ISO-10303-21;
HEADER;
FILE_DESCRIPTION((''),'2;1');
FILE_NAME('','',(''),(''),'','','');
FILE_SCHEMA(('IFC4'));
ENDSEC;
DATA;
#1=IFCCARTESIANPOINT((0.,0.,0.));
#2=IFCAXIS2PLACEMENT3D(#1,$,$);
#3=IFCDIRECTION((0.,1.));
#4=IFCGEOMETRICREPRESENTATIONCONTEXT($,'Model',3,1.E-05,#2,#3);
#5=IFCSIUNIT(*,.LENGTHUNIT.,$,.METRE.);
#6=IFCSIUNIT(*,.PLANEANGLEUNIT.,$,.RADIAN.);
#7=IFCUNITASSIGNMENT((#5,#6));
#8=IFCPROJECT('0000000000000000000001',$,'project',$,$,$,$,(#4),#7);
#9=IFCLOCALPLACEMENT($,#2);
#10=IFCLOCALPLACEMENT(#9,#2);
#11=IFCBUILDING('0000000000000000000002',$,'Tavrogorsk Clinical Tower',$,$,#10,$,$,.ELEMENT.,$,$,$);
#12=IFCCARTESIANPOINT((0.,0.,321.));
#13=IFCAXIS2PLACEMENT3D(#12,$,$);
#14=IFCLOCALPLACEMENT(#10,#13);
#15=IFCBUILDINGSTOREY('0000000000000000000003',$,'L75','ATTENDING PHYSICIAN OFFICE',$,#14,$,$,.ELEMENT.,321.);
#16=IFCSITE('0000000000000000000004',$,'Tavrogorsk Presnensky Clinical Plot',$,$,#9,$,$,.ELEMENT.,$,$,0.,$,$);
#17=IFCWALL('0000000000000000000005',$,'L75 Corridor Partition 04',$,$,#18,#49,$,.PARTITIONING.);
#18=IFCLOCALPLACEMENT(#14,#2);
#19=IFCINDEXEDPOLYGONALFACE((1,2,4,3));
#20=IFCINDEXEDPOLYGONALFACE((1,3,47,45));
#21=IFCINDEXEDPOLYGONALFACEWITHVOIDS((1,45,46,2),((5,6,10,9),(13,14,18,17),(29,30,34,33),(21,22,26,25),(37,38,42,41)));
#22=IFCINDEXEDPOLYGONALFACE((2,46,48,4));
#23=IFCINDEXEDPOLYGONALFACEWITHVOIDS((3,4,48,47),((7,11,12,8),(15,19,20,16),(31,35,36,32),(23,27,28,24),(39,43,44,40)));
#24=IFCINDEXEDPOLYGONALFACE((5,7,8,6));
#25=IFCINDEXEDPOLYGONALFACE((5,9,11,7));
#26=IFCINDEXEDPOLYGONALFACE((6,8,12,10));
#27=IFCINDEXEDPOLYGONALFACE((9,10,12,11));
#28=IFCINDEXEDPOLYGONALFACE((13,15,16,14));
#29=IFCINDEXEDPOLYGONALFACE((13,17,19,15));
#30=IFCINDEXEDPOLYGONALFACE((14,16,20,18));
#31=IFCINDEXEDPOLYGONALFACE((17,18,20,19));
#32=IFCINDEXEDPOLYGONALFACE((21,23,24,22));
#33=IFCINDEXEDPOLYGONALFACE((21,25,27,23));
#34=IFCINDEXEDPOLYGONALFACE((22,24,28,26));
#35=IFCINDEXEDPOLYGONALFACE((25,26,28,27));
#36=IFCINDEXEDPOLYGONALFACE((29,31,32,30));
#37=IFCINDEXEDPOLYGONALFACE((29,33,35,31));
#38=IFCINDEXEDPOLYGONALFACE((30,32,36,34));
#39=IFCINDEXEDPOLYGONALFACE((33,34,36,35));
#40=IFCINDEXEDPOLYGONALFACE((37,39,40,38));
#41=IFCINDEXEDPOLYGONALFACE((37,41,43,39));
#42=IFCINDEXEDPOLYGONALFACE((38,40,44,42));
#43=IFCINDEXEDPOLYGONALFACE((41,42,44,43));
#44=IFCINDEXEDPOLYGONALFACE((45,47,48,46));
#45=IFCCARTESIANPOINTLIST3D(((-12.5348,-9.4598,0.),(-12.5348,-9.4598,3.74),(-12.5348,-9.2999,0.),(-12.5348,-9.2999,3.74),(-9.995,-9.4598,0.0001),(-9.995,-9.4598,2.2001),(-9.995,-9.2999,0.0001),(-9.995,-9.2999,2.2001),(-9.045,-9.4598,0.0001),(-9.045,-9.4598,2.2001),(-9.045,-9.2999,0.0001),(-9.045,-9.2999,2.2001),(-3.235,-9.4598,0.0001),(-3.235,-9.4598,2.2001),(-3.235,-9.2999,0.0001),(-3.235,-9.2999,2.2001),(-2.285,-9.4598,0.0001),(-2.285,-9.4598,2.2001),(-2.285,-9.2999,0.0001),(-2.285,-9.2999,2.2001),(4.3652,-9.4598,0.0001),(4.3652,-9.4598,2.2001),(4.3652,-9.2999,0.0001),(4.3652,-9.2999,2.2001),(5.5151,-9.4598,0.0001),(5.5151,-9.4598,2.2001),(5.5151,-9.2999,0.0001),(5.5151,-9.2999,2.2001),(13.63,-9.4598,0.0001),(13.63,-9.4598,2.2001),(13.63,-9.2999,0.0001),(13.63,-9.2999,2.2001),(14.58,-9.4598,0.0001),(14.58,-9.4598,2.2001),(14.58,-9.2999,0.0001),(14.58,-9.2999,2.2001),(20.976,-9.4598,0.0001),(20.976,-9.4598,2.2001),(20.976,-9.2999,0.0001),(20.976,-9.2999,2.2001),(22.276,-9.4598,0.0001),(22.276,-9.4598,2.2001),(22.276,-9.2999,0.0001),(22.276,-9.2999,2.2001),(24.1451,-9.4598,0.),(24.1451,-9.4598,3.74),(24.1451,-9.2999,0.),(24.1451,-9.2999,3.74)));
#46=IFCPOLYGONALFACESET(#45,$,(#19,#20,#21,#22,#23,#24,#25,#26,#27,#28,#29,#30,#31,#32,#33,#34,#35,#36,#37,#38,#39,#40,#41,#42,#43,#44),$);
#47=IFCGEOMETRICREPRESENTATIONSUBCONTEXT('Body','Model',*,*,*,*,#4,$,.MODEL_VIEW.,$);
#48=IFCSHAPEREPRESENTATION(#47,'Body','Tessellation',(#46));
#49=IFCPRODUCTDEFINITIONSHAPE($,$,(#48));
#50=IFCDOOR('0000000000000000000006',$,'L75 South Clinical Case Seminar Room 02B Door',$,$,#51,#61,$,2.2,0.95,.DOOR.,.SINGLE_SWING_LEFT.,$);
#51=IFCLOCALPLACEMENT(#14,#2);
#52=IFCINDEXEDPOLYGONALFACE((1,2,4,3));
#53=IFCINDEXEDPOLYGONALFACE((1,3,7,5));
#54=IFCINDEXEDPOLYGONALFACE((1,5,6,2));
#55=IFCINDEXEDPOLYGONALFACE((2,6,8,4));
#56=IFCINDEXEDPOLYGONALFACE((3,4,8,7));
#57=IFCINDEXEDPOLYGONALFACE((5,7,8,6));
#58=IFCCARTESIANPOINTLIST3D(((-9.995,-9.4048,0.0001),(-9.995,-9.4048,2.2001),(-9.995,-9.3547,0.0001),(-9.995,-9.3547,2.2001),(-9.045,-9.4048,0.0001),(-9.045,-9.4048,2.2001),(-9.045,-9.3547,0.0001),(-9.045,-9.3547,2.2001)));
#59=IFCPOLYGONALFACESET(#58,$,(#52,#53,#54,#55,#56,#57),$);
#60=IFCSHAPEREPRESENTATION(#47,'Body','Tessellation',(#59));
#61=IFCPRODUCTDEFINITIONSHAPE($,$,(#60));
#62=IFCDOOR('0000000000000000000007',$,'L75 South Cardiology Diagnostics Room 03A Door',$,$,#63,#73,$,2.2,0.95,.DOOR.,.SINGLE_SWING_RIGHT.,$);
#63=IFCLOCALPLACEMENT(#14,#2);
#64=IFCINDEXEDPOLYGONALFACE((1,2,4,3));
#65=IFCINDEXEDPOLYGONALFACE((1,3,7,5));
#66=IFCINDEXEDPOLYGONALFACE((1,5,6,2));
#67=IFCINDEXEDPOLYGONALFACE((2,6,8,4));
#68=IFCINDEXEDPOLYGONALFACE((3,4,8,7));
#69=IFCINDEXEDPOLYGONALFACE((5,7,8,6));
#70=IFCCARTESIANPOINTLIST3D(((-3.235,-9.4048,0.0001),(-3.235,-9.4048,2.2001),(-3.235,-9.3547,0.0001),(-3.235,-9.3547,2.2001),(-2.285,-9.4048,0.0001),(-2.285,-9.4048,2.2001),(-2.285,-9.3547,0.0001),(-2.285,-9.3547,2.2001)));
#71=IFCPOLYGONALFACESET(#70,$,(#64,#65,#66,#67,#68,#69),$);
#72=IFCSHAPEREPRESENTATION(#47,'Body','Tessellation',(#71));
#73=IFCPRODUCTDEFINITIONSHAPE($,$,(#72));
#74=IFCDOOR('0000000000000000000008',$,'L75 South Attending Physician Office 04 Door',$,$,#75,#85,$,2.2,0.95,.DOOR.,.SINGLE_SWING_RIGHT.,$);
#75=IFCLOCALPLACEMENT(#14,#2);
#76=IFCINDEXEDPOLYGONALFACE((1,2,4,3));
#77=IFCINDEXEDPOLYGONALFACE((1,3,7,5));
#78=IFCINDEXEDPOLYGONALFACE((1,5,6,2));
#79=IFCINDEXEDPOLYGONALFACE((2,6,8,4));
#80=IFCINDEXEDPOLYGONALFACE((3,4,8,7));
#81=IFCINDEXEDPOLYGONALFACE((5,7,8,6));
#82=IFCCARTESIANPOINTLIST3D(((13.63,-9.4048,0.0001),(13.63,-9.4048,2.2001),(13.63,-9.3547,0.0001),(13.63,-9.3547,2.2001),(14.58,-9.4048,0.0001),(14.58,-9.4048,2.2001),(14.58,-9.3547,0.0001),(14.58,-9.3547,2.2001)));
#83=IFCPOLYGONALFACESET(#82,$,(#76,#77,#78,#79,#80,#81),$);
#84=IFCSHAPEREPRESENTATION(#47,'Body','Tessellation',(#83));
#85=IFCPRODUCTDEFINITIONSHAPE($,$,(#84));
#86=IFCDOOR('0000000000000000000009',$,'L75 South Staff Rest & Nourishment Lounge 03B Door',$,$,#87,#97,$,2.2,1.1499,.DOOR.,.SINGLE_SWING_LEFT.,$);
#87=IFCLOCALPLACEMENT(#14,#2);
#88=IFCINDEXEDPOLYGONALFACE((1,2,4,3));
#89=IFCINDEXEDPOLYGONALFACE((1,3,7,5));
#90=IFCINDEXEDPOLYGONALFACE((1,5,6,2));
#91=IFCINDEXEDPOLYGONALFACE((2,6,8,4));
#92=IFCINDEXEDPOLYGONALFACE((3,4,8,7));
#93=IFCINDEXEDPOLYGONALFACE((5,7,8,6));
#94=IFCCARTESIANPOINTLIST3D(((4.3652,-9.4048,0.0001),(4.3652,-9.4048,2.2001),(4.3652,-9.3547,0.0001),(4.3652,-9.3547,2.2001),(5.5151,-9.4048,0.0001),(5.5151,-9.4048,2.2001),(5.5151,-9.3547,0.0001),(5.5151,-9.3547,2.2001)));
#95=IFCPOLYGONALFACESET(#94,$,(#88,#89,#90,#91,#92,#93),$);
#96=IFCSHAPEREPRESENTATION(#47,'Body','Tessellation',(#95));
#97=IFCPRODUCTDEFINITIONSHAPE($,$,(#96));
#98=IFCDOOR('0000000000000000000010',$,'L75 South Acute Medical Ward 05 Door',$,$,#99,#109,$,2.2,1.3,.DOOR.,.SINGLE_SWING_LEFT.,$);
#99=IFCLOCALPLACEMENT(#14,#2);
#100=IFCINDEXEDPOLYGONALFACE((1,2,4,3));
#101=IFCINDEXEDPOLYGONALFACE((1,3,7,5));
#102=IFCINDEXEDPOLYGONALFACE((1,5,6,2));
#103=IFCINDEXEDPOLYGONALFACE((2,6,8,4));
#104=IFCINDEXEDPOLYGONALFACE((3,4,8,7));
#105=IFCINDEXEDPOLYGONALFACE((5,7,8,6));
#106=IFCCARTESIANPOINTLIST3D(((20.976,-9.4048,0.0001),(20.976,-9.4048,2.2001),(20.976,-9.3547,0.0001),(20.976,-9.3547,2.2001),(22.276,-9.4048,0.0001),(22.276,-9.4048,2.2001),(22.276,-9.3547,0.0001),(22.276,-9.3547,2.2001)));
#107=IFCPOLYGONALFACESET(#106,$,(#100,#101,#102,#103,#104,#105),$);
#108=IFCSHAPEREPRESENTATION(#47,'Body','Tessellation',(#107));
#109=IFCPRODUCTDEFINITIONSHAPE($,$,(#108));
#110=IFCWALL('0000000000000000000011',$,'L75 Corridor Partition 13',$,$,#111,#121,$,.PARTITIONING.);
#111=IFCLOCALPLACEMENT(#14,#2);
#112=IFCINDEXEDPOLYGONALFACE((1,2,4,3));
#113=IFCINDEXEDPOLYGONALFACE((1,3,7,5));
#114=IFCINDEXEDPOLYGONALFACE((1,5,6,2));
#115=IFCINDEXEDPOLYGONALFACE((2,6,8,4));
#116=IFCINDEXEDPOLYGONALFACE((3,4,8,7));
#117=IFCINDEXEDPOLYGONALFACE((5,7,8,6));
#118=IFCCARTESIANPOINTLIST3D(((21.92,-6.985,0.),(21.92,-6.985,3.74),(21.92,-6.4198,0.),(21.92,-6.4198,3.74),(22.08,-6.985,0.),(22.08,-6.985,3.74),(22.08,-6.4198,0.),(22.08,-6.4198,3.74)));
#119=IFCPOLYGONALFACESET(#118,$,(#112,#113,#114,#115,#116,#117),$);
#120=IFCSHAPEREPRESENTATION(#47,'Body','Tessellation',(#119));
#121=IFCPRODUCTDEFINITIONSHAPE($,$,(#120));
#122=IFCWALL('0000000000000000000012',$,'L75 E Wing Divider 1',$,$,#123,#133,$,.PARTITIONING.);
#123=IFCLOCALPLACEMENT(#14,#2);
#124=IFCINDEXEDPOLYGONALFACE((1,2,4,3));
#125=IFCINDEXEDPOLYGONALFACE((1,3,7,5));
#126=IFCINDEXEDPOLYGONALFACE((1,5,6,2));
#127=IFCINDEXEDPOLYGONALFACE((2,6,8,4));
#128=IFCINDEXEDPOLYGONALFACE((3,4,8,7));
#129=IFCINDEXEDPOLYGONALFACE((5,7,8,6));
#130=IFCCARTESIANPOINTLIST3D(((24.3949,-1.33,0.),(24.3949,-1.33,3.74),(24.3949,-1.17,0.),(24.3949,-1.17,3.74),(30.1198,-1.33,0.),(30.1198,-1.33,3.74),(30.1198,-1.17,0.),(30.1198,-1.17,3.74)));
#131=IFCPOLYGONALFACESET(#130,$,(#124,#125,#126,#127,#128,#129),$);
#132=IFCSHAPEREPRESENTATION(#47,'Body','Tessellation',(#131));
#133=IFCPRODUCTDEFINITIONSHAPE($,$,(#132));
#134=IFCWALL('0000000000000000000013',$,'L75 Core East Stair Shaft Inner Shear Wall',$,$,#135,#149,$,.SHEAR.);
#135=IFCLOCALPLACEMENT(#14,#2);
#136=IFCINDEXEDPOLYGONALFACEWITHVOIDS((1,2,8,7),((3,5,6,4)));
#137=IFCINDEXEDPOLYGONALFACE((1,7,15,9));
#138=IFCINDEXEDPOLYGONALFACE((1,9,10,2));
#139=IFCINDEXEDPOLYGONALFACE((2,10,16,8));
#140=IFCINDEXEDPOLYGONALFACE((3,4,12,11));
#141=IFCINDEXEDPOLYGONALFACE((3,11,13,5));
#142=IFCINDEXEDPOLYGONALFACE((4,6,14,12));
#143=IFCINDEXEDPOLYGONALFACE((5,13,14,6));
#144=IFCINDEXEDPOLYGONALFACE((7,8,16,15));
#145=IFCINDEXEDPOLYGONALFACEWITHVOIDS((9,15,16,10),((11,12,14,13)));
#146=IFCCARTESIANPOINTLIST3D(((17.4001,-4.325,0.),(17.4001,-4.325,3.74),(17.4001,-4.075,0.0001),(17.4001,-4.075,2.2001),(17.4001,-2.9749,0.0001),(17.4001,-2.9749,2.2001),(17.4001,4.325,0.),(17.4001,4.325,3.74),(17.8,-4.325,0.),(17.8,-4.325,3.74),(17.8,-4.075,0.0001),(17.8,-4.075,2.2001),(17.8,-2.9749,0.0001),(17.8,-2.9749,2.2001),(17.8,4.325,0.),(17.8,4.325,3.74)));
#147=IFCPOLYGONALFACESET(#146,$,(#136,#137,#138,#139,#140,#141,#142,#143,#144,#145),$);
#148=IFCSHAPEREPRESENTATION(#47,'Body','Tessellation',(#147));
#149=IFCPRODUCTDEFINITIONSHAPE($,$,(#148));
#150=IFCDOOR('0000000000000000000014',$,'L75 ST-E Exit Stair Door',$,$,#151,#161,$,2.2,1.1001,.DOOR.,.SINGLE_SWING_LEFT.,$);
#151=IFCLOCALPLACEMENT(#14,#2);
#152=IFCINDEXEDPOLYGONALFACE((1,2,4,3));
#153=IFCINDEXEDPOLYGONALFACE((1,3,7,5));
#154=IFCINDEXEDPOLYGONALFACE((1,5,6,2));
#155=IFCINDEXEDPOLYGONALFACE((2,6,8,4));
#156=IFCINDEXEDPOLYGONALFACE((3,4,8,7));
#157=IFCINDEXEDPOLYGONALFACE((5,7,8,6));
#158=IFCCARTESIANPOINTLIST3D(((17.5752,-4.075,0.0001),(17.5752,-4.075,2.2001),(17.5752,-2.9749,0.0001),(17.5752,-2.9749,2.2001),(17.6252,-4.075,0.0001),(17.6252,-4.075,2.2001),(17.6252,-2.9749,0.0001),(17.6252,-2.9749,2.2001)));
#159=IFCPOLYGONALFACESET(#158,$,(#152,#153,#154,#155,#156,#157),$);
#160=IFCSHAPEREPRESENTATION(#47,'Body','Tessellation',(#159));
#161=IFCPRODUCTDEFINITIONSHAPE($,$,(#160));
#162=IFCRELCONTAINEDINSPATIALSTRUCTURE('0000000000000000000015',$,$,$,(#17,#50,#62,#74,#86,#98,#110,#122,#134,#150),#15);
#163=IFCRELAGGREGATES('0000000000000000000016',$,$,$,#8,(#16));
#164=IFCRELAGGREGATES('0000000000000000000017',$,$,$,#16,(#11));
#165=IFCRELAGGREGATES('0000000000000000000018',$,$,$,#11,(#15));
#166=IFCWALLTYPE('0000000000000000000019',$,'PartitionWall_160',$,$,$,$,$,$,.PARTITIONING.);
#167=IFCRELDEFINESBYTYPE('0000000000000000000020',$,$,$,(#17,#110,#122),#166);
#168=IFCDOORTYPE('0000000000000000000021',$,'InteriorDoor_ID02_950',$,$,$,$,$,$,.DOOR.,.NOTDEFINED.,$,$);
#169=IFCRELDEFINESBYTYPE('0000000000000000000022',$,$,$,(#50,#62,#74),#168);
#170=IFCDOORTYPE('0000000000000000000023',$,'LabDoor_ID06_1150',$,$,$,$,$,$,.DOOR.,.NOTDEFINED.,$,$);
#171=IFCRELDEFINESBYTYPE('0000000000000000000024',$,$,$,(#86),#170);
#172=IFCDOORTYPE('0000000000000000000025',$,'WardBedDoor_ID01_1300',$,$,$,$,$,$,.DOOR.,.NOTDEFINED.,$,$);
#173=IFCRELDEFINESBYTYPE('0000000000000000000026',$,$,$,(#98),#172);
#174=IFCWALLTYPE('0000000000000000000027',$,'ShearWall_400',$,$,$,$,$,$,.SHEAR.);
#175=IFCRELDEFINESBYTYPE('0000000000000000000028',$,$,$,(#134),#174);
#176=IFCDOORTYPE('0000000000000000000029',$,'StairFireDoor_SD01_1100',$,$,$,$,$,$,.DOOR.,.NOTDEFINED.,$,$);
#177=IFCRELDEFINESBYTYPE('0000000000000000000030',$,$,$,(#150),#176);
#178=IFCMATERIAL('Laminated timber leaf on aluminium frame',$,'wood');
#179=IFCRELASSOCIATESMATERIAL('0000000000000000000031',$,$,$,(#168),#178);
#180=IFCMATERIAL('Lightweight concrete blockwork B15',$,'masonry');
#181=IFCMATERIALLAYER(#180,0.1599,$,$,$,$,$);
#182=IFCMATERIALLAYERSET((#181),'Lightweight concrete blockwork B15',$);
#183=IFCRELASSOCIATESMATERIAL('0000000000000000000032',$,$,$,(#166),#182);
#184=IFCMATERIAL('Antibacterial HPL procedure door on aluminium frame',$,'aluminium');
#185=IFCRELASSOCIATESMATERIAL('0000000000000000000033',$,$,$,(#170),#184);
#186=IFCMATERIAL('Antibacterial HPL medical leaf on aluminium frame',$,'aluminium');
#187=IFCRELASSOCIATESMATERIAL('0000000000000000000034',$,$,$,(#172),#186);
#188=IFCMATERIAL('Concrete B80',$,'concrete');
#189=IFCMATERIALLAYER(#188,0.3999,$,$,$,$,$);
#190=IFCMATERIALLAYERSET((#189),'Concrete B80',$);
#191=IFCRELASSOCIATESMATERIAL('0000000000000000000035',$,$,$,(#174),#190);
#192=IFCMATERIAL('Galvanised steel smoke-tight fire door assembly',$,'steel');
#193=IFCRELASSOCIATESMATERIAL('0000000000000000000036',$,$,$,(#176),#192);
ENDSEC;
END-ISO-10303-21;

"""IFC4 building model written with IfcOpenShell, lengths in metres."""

from ifc_helpers import new_model, si_unit, direction, frame, frame_2d, origin, place, context, subcontext, project, spatial, rectangle, extrude, material, layer, layer_set, type_object, element, fill, save


model = new_model("IFC4")

# Units and contexts
model_context = context("Model", 3, precision=1e-05, world=origin(), true_north=direction((0.0, 1.0)))
body_context = subcontext(model_context, "Body", "Model", "MODEL_VIEW")
ifc_project = project(units=[si_unit("LENGTHUNIT", "METRE"), si_unit("PLANEANGLEUNIT", "RADIAN")], contexts=[model_context])

# Site, building, storey
site_placement = place(None, origin())
site = spatial("IfcSite", under=ifc_project, at=site_placement, Name="Tavrogorsk Presnensky Clinical Plot", CompositionType="ELEMENT", RefElevation=0.0)
building_placement = place(site_placement, origin())
building = spatial("IfcBuilding", under=site, at=building_placement, Name="Tavrogorsk Clinical Tower", CompositionType="ELEMENT")
storey_placement = place(building_placement, frame((0.0, 0.0, 321.0)))
storey = spatial("IfcBuildingStorey", under=building, at=storey_placement, Name="L75", Description="ATTENDING PHYSICIAN OFFICE", CompositionType="ELEMENT", Elevation=321.0)

# Shared definitions
ifc_material_1 = material(Name="Laminated timber leaf on aluminium frame", Category="wood")
door_type_1 = type_object("IfcDoorType", Name="InteriorDoor_ID02_950", OperationType="NOTDEFINED", PredefinedType="DOOR", material=ifc_material_1)

# Wall, openings, doors
ifc_material_2 = material(Name="Lightweight concrete blockwork B15", Category="masonry")
ifc_layer_1 = layer(ifc_material_2, 0.1599)
ifc_layer_set_1 = layer_set([ifc_layer_1], Name="Lightweight concrete blockwork B15")
wall_type_1 = type_object("IfcWallType", Name="PartitionWall_160", PredefinedType="PARTITIONING", material=ifc_layer_set_1)
wall_1_placement = place(storey_placement, frame((24.145, -9.3799, 0.0), z_axis=(0.0, 0.0, 1.0), x_axis=(-1.0, 0.0, 0.0)))
wall_1 = element("IfcWall", 1, at=wall_1_placement, inside=storey, type_object=wall_type_1, Name="L75 Corridor Partition 04", PredefinedType="PARTITIONING", context=body_context, shape_type="SweptSolid", body=[
    extrude(rectangle(XDim=36.6799, YDim=0.1599, at=frame_2d((18.3398, 0.0))), origin(), (0.0, 0.0, 1.0), 3.74),
])
opening_1_placement = place(wall_1_placement, frame((33.1899, 0.0, 0.0)))
opening_1 = element("IfcOpeningElement", 2, at=opening_1_placement, cuts=wall_1, PredefinedType="OPENING", context=body_context, shape_type="SweptSolid", body=[
    extrude(rectangle(XDim=0.95, YDim=2.2, at=frame_2d((0.4751, 1.1001))), frame((0.0, 0.0898, 0.0), z_axis=(0.0, -1.0, 0.0), x_axis=(1.0, 0.0, 0.0)), (0.0, 0.0, 1.0), 0.1799),
])
opening_2_placement = place(wall_1_placement, frame((26.4299, 0.0, 0.0)))
opening_2 = element("IfcOpeningElement", 3, at=opening_2_placement, cuts=wall_1, PredefinedType="OPENING", context=body_context, shape_type="SweptSolid", body=[
    extrude(rectangle(XDim=0.95, YDim=2.2, at=frame_2d((0.4751, 1.1001))), frame((0.0, 0.0898, 0.0), z_axis=(0.0, -1.0, 0.0), x_axis=(1.0, 0.0, 0.0)), (0.0, 0.0, 1.0), 0.1799),
])
opening_3_placement = place(wall_1_placement, frame((18.6299, 0.0, 0.0)))
opening_3 = element("IfcOpeningElement", 4, at=opening_3_placement, cuts=wall_1, PredefinedType="OPENING", context=body_context, shape_type="SweptSolid", body=[
    extrude(rectangle(XDim=1.1499, YDim=2.2, at=frame_2d((0.575, 1.1001))), frame((0.0, 0.0898, 0.0), z_axis=(0.0, -1.0, 0.0), x_axis=(1.0, 0.0, 0.0)), (0.0, 0.0, 1.0), 0.1799),
])
opening_4_placement = place(wall_1_placement, frame((9.5649, 0.0, 0.0)))
opening_4 = element("IfcOpeningElement", 5, at=opening_4_placement, cuts=wall_1, PredefinedType="OPENING", context=body_context, shape_type="SweptSolid", body=[
    extrude(rectangle(XDim=0.95, YDim=2.2, at=frame_2d((0.4751, 1.1001))), frame((0.0, 0.0898, 0.0), z_axis=(0.0, -1.0, 0.0), x_axis=(1.0, 0.0, 0.0)), (0.0, 0.0, 1.0), 0.1799),
])
opening_5_placement = place(wall_1_placement, frame((1.8691, 0.0, 0.0)))
opening_5 = element("IfcOpeningElement", 6, at=opening_5_placement, cuts=wall_1, PredefinedType="OPENING", context=body_context, shape_type="SweptSolid", body=[
    extrude(rectangle(XDim=1.3, YDim=2.2, at=frame_2d((0.6499, 1.1001))), frame((0.0, 0.0898, 0.0), z_axis=(0.0, -1.0, 0.0), x_axis=(1.0, 0.0, 0.0)), (0.0, 0.0, 1.0), 0.1799),
])
door_1_placement = place(opening_1_placement, origin())
door_1 = element("IfcDoor", 7, at=door_1_placement, inside=storey, type_object=door_type_1, Name="L75 South Clinical Case Seminar Room 02B Door", OperationType="SINGLE_SWING_LEFT", OverallHeight=2.2, OverallWidth=0.95, PredefinedType="DOOR", context=body_context, shape_type="SweptSolid", body=[
    extrude(rectangle(XDim=0.95, YDim=2.2, at=frame_2d((0.4751, 1.1001))), frame((0.0, 0.0249, 0.0), z_axis=(0.0, -1.0, 0.0), x_axis=(1.0, 0.0, 0.0)), (0.0, 0.0, 1.0), 0.05),
])
fill(opening_1, door_1)
door_2_placement = place(opening_2_placement, origin())
door_2 = element("IfcDoor", 8, at=door_2_placement, inside=storey, type_object=door_type_1, Name="L75 South Cardiology Diagnostics Room 03A Door", OperationType="SINGLE_SWING_RIGHT", OverallHeight=2.2, OverallWidth=0.95, PredefinedType="DOOR", context=body_context, shape_type="SweptSolid", body=[
    extrude(rectangle(XDim=0.95, YDim=2.2, at=frame_2d((0.4751, 1.1001))), frame((0.0, 0.0249, 0.0), z_axis=(0.0, -1.0, 0.0), x_axis=(1.0, 0.0, 0.0)), (0.0, 0.0, 1.0), 0.05),
])
fill(opening_2, door_2)
door_3_placement = place(opening_4_placement, origin())
door_3 = element("IfcDoor", 9, at=door_3_placement, inside=storey, type_object=door_type_1, Name="L75 South Attending Physician Office 04 Door", OperationType="SINGLE_SWING_RIGHT", OverallHeight=2.2, OverallWidth=0.95, PredefinedType="DOOR", context=body_context, shape_type="SweptSolid", body=[
    extrude(rectangle(XDim=0.95, YDim=2.2, at=frame_2d((0.4751, 1.1001))), frame((0.0, 0.0249, 0.0), z_axis=(0.0, -1.0, 0.0), x_axis=(1.0, 0.0, 0.0)), (0.0, 0.0, 1.0), 0.05),
])
fill(opening_4, door_3)
ifc_material_3 = material(Name="Antibacterial HPL procedure door on aluminium frame", Category="aluminium")
door_type_2 = type_object("IfcDoorType", Name="LabDoor_ID06_1150", OperationType="NOTDEFINED", PredefinedType="DOOR", material=ifc_material_3)
door_4_placement = place(opening_3_placement, origin())
door_4 = element("IfcDoor", 10, at=door_4_placement, inside=storey, type_object=door_type_2, Name="L75 South Staff Rest & Nourishment Lounge 03B Door", OperationType="SINGLE_SWING_LEFT", OverallHeight=2.2, OverallWidth=1.1499, PredefinedType="DOOR", context=body_context, shape_type="SweptSolid", body=[
    extrude(rectangle(XDim=1.1499, YDim=2.2, at=frame_2d((0.575, 1.1001))), frame((0.0, 0.0249, 0.0), z_axis=(0.0, -1.0, 0.0), x_axis=(1.0, 0.0, 0.0)), (0.0, 0.0, 1.0), 0.05),
])
fill(opening_3, door_4)
ifc_material_4 = material(Name="Antibacterial HPL medical leaf on aluminium frame", Category="aluminium")
door_type_3 = type_object("IfcDoorType", Name="WardBedDoor_ID01_1300", OperationType="NOTDEFINED", PredefinedType="DOOR", material=ifc_material_4)
door_5_placement = place(opening_5_placement, origin())
door_5 = element("IfcDoor", 11, at=door_5_placement, inside=storey, type_object=door_type_3, Name="L75 South Acute Medical Ward 05 Door", OperationType="SINGLE_SWING_LEFT", OverallHeight=2.2, OverallWidth=1.3, PredefinedType="DOOR", context=body_context, shape_type="SweptSolid", body=[
    extrude(rectangle(XDim=1.3, YDim=2.2, at=frame_2d((0.6499, 1.1001))), frame((0.0, 0.0249, 0.0), z_axis=(0.0, -1.0, 0.0), x_axis=(1.0, 0.0, 0.0)), (0.0, 0.0, 1.0), 0.05),
])
fill(opening_5, door_5)

# Walls
wall_2_placement = place(storey_placement, frame((22.0, -6.9851, 0.0), z_axis=(0.0, 0.0, 1.0), x_axis=(0.0, 1.0, 0.0)))
element("IfcWall", 12, at=wall_2_placement, inside=storey, type_object=wall_type_1, Name="L75 Corridor Partition 13", PredefinedType="PARTITIONING", context=body_context, shape_type="SweptSolid", body=[
    extrude(rectangle(XDim=0.5652, YDim=0.1599, at=frame_2d((0.2827, 0.0))), origin(), (0.0, 0.0, 1.0), 3.74),
])
wall_3_placement = place(storey_placement, frame((24.395, -1.25, 0.0), z_axis=(0.0, 0.0, 1.0), x_axis=(1.0, 0.0, 0.0)))
element("IfcWall", 13, at=wall_3_placement, inside=storey, type_object=wall_type_1, Name="L75 E Wing Divider 1", PredefinedType="PARTITIONING", context=body_context, shape_type="SweptSolid", body=[
    extrude(rectangle(XDim=5.7249, YDim=0.1599, at=frame_2d((2.8623, 0.0))), origin(), (0.0, 0.0, 1.0), 3.74),
])

# Wall, opening, door
ifc_material_5 = material(Name="Concrete B80", Category="concrete")
ifc_layer_2 = layer(ifc_material_5, 0.3999)
ifc_layer_set_2 = layer_set([ifc_layer_2], Name="Concrete B80")
wall_type_2 = type_object("IfcWallType", Name="ShearWall_400", PredefinedType="SHEAR", material=ifc_layer_set_2)
wall_4_placement = place(storey_placement, frame((17.6001, -4.325, 0.0), z_axis=(0.0, 0.0, 1.0), x_axis=(0.0, 1.0, 0.0)))
wall_4 = element("IfcWall", 14, at=wall_4_placement, inside=storey, type_object=wall_type_2, Name="L75 Core East Stair Shaft Inner Shear Wall", PredefinedType="SHEAR", context=body_context, shape_type="SweptSolid", body=[
    extrude(rectangle(XDim=8.6499, YDim=0.3999, at=frame_2d((4.325, 0.0))), origin(), (0.0, 0.0, 1.0), 3.74),
])
opening_6_placement = place(wall_4_placement, frame((0.25, 0.0, 0.0)))
opening_6 = element("IfcOpeningElement", 15, at=opening_6_placement, cuts=wall_4, PredefinedType="OPENING", context=body_context, shape_type="SweptSolid", body=[
    extrude(rectangle(XDim=1.1001, YDim=2.2, at=frame_2d((0.55, 1.1001))), frame((0.0, 0.21, 0.0), z_axis=(0.0, -1.0, 0.0), x_axis=(1.0, 0.0, 0.0)), (0.0, 0.0, 1.0), 0.4199),
])
ifc_material_6 = material(Name="Galvanised steel smoke-tight fire door assembly", Category="steel")
door_type_4 = type_object("IfcDoorType", Name="StairFireDoor_SD01_1100", OperationType="NOTDEFINED", PredefinedType="DOOR", material=ifc_material_6)
door_6_placement = place(opening_6_placement, origin())
door_6 = element("IfcDoor", 16, at=door_6_placement, inside=storey, type_object=door_type_4, Name="L75 ST-E Exit Stair Door", OperationType="SINGLE_SWING_LEFT", OverallHeight=2.2, OverallWidth=1.1001, PredefinedType="DOOR", context=body_context, shape_type="SweptSolid", body=[
    extrude(rectangle(XDim=1.1001, YDim=2.2, at=frame_2d((0.55, 1.1001))), frame((0.0, 0.0249, 0.0), z_axis=(0.0, -1.0, 0.0), x_axis=(1.0, 0.0, 0.0)), (0.0, 0.0, 1.0), 0.05),
])
fill(opening_6, door_6)

save(model, "model.ifc")
